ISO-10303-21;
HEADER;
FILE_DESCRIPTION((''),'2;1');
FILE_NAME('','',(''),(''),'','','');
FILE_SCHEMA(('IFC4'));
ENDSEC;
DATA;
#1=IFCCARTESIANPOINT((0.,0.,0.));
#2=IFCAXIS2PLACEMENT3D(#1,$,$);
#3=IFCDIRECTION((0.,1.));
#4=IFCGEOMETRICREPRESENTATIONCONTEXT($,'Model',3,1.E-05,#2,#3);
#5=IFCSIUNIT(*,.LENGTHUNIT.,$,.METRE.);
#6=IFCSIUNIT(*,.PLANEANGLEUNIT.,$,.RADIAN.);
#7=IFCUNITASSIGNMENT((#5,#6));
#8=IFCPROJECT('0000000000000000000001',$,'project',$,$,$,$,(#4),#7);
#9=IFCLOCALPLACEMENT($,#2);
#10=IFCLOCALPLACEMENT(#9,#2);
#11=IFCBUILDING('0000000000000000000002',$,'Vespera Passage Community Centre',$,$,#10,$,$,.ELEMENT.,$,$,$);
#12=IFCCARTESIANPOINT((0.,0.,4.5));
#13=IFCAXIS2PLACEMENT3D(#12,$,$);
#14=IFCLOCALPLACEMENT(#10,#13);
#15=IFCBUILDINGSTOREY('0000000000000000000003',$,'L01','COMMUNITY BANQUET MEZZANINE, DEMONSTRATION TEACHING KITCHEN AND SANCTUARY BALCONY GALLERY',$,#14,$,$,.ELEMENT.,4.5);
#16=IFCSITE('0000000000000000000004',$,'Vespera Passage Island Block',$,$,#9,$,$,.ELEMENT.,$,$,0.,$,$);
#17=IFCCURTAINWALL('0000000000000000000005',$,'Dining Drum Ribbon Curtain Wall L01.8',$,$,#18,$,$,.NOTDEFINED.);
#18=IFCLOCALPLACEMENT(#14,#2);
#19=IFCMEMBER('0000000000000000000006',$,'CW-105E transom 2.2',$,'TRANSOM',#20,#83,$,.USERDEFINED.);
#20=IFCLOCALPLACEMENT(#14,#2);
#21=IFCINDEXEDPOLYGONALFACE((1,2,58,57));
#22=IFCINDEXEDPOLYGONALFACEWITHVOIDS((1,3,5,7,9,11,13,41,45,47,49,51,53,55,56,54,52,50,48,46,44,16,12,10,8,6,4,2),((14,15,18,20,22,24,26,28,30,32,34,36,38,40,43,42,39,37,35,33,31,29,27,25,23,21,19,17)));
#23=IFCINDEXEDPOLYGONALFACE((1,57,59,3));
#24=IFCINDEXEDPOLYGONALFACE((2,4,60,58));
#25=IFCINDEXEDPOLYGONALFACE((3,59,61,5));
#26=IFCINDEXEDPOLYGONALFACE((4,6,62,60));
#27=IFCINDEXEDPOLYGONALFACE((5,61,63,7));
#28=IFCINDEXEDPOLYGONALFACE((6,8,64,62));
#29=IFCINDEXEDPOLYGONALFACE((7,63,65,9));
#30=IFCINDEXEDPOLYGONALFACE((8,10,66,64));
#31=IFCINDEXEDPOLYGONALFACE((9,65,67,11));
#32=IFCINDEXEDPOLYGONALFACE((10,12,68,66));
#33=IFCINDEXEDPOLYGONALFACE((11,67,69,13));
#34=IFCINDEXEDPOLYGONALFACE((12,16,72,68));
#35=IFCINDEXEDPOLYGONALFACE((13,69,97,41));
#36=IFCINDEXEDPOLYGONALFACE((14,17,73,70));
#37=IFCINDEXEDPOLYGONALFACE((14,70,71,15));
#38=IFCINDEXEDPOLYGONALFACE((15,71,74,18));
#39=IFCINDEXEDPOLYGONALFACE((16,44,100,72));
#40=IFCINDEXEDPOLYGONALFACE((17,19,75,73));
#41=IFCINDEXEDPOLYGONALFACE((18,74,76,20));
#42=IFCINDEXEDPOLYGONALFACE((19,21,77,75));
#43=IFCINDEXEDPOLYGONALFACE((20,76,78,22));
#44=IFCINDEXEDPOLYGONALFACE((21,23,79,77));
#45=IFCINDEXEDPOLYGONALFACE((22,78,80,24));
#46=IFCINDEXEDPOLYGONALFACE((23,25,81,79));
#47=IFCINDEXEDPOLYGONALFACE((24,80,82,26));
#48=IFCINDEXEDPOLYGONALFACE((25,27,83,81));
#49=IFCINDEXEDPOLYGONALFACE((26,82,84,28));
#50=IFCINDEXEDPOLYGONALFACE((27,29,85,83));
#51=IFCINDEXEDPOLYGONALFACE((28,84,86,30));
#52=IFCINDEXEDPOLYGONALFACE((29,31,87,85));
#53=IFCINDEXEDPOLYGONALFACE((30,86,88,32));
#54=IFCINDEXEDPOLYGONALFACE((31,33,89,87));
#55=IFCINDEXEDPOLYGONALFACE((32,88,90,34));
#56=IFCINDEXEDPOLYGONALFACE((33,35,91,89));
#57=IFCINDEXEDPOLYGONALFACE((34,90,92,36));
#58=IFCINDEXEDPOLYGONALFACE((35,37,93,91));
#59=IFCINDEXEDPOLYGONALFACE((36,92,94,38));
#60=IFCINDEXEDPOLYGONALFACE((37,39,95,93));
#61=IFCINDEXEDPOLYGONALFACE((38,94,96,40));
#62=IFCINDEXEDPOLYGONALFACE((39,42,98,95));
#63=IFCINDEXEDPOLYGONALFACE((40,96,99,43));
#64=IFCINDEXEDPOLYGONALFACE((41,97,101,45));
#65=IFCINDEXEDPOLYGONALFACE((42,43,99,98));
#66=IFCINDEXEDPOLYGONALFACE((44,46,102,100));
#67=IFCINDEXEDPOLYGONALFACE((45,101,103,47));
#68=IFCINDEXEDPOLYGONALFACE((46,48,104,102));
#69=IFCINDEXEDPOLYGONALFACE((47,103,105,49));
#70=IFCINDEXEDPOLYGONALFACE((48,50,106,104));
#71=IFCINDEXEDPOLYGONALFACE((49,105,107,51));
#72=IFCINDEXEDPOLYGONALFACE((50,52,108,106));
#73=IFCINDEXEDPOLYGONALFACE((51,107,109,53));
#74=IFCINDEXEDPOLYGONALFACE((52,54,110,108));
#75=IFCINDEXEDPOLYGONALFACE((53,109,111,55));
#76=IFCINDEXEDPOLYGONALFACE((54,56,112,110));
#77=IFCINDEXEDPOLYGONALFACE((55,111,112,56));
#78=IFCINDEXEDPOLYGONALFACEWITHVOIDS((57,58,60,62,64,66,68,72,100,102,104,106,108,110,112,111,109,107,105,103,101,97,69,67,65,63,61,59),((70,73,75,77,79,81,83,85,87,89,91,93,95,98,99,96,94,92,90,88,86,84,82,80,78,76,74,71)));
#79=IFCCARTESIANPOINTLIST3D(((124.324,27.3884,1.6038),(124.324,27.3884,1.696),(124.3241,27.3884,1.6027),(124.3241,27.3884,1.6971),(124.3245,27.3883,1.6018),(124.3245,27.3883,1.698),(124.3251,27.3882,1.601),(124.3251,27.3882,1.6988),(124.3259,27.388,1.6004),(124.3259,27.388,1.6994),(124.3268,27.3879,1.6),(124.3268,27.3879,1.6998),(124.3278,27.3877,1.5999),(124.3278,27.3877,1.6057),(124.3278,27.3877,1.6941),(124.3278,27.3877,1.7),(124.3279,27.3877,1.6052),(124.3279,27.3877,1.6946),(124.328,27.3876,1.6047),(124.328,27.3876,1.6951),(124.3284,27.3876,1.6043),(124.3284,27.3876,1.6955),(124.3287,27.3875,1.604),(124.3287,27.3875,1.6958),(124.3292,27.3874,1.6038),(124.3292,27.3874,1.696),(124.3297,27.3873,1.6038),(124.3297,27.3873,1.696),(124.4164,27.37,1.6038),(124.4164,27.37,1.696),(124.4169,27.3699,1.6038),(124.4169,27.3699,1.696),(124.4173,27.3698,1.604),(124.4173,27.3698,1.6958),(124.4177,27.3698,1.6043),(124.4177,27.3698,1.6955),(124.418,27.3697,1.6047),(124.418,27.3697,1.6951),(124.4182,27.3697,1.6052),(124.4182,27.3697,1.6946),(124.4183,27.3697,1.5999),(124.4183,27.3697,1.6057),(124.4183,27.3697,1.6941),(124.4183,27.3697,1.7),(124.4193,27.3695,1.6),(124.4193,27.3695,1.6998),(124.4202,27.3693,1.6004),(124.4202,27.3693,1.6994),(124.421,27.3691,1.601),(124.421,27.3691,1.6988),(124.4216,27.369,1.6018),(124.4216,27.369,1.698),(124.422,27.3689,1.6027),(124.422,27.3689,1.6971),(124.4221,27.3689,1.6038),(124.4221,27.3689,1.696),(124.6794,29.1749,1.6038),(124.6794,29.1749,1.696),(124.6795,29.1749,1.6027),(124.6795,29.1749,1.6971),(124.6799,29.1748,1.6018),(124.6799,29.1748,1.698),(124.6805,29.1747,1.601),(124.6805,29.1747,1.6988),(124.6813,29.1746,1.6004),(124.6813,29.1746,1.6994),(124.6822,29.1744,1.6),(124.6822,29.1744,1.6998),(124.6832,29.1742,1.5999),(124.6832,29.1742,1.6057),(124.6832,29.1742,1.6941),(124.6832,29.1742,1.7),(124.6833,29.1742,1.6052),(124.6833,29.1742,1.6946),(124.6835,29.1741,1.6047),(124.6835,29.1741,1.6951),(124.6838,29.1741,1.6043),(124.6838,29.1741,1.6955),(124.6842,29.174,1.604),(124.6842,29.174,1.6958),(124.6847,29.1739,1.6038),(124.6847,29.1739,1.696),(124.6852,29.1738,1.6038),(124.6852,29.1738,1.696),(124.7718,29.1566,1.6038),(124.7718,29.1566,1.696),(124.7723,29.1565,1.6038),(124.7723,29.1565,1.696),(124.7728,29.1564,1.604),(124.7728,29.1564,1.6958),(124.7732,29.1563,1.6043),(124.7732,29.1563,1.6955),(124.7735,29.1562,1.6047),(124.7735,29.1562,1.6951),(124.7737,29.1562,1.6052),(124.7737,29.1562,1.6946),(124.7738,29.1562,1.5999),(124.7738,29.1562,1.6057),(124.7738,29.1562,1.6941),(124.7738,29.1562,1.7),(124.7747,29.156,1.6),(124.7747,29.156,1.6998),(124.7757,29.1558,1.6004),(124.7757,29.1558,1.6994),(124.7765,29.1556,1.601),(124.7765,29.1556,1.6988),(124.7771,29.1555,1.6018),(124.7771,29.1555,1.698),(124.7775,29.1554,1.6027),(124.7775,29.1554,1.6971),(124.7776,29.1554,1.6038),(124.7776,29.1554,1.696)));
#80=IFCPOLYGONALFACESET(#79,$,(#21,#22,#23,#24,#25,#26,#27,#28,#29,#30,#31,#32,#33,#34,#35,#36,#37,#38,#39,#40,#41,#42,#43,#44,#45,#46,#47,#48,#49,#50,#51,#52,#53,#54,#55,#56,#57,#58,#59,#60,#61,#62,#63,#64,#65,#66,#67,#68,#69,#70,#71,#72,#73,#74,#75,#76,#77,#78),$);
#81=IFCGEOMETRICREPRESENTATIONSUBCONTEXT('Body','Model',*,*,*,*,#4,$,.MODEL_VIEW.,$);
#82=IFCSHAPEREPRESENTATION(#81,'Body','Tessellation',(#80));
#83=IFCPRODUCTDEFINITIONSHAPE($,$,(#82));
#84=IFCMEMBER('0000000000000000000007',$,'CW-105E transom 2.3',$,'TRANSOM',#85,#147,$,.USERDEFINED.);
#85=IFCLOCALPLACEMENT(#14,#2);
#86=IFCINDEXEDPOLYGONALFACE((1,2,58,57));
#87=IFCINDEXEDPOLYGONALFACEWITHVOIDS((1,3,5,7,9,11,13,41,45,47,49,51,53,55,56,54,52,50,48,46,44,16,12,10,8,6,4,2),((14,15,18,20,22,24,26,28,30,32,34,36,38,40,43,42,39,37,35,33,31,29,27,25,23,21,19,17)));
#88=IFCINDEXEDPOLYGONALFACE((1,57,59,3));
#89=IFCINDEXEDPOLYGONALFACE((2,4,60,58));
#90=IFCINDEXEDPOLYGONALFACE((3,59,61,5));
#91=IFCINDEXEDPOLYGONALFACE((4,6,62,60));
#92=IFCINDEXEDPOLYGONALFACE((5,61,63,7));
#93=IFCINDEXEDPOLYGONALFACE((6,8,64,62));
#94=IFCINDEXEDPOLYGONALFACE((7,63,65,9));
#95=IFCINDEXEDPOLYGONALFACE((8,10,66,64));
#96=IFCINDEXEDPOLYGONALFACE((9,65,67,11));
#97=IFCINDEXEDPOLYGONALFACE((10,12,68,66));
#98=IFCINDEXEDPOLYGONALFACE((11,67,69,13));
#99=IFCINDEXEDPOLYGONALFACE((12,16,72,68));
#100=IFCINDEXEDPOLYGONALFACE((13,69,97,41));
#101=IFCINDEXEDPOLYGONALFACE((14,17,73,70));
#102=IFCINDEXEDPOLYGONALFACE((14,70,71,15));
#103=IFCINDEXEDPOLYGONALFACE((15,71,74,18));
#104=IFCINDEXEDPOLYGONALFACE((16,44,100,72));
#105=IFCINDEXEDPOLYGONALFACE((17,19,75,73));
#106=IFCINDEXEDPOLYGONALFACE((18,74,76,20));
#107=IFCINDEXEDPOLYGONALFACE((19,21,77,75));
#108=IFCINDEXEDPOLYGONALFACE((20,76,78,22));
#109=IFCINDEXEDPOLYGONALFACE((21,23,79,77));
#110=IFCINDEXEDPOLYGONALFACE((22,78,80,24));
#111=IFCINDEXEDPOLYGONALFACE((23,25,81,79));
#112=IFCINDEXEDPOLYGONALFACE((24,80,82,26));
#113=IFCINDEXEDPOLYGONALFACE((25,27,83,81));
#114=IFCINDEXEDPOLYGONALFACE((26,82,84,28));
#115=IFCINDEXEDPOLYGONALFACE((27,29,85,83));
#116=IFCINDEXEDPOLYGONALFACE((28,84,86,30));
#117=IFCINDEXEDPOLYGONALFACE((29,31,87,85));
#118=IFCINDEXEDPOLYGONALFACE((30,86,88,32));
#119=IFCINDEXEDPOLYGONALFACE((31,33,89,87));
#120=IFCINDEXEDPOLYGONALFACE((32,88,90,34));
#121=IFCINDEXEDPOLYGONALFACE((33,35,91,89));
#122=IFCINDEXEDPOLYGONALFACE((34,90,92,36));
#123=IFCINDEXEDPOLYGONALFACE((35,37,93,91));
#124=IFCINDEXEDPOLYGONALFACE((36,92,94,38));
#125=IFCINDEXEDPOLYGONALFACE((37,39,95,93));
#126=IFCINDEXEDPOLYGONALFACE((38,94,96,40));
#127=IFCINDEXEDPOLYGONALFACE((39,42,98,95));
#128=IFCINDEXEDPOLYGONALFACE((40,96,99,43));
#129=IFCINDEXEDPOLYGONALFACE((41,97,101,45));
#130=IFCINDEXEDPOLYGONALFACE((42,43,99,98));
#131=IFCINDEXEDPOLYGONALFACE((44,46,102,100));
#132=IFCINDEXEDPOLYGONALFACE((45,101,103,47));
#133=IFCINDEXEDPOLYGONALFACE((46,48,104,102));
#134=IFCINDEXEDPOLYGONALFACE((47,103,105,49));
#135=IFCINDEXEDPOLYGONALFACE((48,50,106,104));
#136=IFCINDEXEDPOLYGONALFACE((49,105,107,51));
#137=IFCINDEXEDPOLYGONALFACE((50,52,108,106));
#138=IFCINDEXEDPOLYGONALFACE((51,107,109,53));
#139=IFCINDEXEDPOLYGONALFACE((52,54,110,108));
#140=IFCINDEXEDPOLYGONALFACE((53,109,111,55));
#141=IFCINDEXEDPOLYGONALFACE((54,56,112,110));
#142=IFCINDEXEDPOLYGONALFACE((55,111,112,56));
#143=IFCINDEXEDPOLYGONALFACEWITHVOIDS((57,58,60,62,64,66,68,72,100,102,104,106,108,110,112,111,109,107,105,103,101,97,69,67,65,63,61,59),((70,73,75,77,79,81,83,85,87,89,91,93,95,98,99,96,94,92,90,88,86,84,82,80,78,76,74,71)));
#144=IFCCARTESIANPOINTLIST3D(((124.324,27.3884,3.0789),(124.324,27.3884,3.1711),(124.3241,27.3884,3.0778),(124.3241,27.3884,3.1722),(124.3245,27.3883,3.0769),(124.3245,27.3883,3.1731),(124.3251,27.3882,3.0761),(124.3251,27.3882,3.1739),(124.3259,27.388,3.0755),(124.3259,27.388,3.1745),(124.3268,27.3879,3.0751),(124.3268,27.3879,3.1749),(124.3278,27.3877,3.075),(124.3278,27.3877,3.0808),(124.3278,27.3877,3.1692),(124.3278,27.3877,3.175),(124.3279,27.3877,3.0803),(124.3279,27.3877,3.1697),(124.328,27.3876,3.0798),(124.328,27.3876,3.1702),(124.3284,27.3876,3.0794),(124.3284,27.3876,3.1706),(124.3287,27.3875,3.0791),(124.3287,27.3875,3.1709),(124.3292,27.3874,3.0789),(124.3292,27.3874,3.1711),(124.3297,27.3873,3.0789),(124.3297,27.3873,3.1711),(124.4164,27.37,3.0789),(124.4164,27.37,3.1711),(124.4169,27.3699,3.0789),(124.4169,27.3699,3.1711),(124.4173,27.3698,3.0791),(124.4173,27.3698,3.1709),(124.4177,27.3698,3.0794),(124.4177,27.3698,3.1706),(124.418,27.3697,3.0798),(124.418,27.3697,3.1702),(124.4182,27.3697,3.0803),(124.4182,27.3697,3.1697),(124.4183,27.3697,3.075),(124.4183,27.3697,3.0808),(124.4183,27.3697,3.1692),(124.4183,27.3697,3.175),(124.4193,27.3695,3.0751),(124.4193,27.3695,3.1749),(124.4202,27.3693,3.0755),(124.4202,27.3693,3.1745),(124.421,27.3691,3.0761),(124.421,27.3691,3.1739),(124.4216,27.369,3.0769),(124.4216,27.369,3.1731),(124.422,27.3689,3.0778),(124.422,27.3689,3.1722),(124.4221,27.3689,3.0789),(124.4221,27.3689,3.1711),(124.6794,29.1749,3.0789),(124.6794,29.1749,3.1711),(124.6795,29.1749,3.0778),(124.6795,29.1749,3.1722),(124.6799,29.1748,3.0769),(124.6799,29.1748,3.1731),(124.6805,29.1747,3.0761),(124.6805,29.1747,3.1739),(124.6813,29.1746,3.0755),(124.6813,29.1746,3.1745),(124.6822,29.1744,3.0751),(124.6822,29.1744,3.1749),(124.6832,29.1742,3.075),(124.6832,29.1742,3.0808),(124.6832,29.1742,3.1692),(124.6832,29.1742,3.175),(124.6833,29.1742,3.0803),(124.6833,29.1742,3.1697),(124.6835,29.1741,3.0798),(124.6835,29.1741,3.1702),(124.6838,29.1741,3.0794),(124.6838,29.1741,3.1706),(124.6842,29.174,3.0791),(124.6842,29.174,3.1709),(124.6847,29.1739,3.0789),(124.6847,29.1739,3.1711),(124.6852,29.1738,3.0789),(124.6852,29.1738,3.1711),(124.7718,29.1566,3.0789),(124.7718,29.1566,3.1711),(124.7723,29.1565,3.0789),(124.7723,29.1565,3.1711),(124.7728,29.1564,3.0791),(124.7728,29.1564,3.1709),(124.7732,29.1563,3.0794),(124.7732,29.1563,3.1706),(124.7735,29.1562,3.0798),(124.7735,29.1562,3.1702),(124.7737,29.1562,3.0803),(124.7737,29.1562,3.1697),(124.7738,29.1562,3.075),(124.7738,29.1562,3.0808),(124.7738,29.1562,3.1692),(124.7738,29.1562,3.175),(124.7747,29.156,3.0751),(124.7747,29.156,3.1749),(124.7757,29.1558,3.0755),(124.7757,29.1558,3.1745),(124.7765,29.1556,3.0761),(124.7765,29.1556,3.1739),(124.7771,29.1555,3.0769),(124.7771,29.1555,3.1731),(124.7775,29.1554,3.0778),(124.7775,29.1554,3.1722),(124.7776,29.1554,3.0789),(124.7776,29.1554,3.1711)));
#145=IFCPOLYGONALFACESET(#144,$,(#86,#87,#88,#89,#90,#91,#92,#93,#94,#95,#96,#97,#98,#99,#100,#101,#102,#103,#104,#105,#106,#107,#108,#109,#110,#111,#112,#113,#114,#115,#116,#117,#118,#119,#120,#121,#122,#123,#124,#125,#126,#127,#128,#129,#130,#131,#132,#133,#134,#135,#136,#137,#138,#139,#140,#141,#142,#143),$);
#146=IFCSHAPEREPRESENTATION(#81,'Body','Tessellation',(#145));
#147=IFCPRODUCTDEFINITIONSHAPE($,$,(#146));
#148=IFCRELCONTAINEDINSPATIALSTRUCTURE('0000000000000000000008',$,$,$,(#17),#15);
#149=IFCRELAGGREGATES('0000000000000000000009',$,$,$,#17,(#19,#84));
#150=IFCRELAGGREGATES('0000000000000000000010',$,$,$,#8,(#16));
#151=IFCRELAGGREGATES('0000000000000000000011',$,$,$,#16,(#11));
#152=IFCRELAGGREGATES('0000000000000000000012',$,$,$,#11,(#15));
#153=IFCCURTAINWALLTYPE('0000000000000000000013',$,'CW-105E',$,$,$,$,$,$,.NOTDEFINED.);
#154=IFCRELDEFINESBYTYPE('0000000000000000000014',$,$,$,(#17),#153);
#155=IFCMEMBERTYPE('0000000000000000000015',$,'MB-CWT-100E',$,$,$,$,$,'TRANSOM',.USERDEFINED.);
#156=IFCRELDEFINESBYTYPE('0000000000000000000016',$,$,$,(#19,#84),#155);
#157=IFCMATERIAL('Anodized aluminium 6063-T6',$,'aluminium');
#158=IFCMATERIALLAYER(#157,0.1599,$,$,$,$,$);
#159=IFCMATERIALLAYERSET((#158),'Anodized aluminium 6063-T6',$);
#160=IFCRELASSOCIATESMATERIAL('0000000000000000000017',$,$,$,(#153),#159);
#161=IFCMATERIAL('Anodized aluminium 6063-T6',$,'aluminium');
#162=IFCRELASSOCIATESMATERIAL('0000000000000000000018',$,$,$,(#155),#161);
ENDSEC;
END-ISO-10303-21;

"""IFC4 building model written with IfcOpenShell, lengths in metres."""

from ifc_helpers import new_model, si_unit, direction, frame, origin, origin_2d, place, context, subcontext, project, spatial, hollow_rectangle, extrude, material, layer, layer_set, material_profile, profile_set, type_object, element, aggregate, save


model = new_model("IFC4")

# Units and contexts
model_context = context("Model", 3, precision=1e-05, world=origin(), true_north=direction((0.0, 1.0)))
body_context = subcontext(model_context, "Body", "Model", "MODEL_VIEW")
ifc_project = project(units=[si_unit("LENGTHUNIT", "METRE"), si_unit("PLANEANGLEUNIT", "RADIAN")], contexts=[model_context])

# Site, building, storey
site_placement = place(None, origin())
site = spatial("IfcSite", under=ifc_project, at=site_placement, Name="Vespera Passage Island Block", CompositionType="ELEMENT", RefElevation=0.0)
building_placement = place(site_placement, origin())
building = spatial("IfcBuilding", under=site, at=building_placement, Name="Vespera Passage Community Centre", CompositionType="ELEMENT")
storey_placement = place(building_placement, frame((0.0, 0.0, 4.5)))
storey = spatial("IfcBuildingStorey", under=building, at=storey_placement, Name="L01", Description="COMMUNITY BANQUET MEZZANINE, DEMONSTRATION TEACHING KITCHEN AND SANCTUARY BALCONY GALLERY", CompositionType="ELEMENT", Elevation=4.5)

# Curtain wall
ifc_material_1 = material(Name="Anodized aluminium 6063-T6", Category="aluminium")
ifc_layer_1 = layer(ifc_material_1, 0.1599)
ifc_layer_set_1 = layer_set([ifc_layer_1], Name="Anodized aluminium 6063-T6")
curtain_wall_type = type_object("IfcCurtainWallType", Name="CW-105E", PredefinedType="NOTDEFINED", material=ifc_layer_set_1)
curtain_wall_1_placement = place(storey_placement, origin())
curtain_wall_1 = element("IfcCurtainWall", 1, at=curtain_wall_1_placement, inside=storey, type_object=curtain_wall_type, Name="Dining Drum Ribbon Curtain Wall L01.8", PredefinedType="NOTDEFINED")

# Members
ifc_material_2 = material(Name="Anodized aluminium 6063-T6", Category="aluminium")
ifc_material_profile_1 = material_profile(ifc_material_2, hollow_rectangle(XDim=0.1001, YDim=0.1001, WallThickness=0.0039, InnerFilletRadius=0.002, OuterFilletRadius=0.0039, at=origin_2d()), Name="ALU100X100X4")
ifc_profile_set_1 = profile_set([ifc_material_profile_1], Name="Anodized aluminium 6063-T6")
member_type_1 = type_object("IfcMemberType", Name="MB-CWT-100E", ElementType="TRANSOM", PredefinedType="USERDEFINED", material=ifc_profile_set_1)
member_1_placement = place(storey_placement, frame((124.373, 27.3787, 1.6499), z_axis=(0.195137, 0.980776, 0.0), x_axis=(-0.980776, 0.195137, 0.0)))
member_1 = element("IfcMember", 2, at=member_1_placement, type_object=member_type_1, Name="CW-105E transom 2.2", ObjectType="TRANSOM", PredefinedType="USERDEFINED", context=body_context, shape_type="SweptSolid", body=[
    extrude(hollow_rectangle(XDim=0.1001, YDim=0.1001, WallThickness=0.0039, InnerFilletRadius=0.002, OuterFilletRadius=0.0039, at=origin_2d()), origin(), (0.0, 0.0, 1.0), 1.8215),
])
member_2_placement = place(storey_placement, frame((124.373, 27.3787, 3.125), z_axis=(0.195137, 0.980776, 0.0), x_axis=(-0.980776, 0.195137, 0.0)))
member_2 = element("IfcMember", 3, at=member_2_placement, type_object=member_type_1, Name="CW-105E transom 2.3", ObjectType="TRANSOM", PredefinedType="USERDEFINED", context=body_context, shape_type="SweptSolid", body=[
    extrude(hollow_rectangle(XDim=0.1001, YDim=0.1001, WallThickness=0.0039, InnerFilletRadius=0.002, OuterFilletRadius=0.0039, at=origin_2d()), origin(), (0.0, 0.0, 1.0), 1.8215),
])

aggregate(curtain_wall_1, [member_1, member_2])

save(model, "model.ifc")
